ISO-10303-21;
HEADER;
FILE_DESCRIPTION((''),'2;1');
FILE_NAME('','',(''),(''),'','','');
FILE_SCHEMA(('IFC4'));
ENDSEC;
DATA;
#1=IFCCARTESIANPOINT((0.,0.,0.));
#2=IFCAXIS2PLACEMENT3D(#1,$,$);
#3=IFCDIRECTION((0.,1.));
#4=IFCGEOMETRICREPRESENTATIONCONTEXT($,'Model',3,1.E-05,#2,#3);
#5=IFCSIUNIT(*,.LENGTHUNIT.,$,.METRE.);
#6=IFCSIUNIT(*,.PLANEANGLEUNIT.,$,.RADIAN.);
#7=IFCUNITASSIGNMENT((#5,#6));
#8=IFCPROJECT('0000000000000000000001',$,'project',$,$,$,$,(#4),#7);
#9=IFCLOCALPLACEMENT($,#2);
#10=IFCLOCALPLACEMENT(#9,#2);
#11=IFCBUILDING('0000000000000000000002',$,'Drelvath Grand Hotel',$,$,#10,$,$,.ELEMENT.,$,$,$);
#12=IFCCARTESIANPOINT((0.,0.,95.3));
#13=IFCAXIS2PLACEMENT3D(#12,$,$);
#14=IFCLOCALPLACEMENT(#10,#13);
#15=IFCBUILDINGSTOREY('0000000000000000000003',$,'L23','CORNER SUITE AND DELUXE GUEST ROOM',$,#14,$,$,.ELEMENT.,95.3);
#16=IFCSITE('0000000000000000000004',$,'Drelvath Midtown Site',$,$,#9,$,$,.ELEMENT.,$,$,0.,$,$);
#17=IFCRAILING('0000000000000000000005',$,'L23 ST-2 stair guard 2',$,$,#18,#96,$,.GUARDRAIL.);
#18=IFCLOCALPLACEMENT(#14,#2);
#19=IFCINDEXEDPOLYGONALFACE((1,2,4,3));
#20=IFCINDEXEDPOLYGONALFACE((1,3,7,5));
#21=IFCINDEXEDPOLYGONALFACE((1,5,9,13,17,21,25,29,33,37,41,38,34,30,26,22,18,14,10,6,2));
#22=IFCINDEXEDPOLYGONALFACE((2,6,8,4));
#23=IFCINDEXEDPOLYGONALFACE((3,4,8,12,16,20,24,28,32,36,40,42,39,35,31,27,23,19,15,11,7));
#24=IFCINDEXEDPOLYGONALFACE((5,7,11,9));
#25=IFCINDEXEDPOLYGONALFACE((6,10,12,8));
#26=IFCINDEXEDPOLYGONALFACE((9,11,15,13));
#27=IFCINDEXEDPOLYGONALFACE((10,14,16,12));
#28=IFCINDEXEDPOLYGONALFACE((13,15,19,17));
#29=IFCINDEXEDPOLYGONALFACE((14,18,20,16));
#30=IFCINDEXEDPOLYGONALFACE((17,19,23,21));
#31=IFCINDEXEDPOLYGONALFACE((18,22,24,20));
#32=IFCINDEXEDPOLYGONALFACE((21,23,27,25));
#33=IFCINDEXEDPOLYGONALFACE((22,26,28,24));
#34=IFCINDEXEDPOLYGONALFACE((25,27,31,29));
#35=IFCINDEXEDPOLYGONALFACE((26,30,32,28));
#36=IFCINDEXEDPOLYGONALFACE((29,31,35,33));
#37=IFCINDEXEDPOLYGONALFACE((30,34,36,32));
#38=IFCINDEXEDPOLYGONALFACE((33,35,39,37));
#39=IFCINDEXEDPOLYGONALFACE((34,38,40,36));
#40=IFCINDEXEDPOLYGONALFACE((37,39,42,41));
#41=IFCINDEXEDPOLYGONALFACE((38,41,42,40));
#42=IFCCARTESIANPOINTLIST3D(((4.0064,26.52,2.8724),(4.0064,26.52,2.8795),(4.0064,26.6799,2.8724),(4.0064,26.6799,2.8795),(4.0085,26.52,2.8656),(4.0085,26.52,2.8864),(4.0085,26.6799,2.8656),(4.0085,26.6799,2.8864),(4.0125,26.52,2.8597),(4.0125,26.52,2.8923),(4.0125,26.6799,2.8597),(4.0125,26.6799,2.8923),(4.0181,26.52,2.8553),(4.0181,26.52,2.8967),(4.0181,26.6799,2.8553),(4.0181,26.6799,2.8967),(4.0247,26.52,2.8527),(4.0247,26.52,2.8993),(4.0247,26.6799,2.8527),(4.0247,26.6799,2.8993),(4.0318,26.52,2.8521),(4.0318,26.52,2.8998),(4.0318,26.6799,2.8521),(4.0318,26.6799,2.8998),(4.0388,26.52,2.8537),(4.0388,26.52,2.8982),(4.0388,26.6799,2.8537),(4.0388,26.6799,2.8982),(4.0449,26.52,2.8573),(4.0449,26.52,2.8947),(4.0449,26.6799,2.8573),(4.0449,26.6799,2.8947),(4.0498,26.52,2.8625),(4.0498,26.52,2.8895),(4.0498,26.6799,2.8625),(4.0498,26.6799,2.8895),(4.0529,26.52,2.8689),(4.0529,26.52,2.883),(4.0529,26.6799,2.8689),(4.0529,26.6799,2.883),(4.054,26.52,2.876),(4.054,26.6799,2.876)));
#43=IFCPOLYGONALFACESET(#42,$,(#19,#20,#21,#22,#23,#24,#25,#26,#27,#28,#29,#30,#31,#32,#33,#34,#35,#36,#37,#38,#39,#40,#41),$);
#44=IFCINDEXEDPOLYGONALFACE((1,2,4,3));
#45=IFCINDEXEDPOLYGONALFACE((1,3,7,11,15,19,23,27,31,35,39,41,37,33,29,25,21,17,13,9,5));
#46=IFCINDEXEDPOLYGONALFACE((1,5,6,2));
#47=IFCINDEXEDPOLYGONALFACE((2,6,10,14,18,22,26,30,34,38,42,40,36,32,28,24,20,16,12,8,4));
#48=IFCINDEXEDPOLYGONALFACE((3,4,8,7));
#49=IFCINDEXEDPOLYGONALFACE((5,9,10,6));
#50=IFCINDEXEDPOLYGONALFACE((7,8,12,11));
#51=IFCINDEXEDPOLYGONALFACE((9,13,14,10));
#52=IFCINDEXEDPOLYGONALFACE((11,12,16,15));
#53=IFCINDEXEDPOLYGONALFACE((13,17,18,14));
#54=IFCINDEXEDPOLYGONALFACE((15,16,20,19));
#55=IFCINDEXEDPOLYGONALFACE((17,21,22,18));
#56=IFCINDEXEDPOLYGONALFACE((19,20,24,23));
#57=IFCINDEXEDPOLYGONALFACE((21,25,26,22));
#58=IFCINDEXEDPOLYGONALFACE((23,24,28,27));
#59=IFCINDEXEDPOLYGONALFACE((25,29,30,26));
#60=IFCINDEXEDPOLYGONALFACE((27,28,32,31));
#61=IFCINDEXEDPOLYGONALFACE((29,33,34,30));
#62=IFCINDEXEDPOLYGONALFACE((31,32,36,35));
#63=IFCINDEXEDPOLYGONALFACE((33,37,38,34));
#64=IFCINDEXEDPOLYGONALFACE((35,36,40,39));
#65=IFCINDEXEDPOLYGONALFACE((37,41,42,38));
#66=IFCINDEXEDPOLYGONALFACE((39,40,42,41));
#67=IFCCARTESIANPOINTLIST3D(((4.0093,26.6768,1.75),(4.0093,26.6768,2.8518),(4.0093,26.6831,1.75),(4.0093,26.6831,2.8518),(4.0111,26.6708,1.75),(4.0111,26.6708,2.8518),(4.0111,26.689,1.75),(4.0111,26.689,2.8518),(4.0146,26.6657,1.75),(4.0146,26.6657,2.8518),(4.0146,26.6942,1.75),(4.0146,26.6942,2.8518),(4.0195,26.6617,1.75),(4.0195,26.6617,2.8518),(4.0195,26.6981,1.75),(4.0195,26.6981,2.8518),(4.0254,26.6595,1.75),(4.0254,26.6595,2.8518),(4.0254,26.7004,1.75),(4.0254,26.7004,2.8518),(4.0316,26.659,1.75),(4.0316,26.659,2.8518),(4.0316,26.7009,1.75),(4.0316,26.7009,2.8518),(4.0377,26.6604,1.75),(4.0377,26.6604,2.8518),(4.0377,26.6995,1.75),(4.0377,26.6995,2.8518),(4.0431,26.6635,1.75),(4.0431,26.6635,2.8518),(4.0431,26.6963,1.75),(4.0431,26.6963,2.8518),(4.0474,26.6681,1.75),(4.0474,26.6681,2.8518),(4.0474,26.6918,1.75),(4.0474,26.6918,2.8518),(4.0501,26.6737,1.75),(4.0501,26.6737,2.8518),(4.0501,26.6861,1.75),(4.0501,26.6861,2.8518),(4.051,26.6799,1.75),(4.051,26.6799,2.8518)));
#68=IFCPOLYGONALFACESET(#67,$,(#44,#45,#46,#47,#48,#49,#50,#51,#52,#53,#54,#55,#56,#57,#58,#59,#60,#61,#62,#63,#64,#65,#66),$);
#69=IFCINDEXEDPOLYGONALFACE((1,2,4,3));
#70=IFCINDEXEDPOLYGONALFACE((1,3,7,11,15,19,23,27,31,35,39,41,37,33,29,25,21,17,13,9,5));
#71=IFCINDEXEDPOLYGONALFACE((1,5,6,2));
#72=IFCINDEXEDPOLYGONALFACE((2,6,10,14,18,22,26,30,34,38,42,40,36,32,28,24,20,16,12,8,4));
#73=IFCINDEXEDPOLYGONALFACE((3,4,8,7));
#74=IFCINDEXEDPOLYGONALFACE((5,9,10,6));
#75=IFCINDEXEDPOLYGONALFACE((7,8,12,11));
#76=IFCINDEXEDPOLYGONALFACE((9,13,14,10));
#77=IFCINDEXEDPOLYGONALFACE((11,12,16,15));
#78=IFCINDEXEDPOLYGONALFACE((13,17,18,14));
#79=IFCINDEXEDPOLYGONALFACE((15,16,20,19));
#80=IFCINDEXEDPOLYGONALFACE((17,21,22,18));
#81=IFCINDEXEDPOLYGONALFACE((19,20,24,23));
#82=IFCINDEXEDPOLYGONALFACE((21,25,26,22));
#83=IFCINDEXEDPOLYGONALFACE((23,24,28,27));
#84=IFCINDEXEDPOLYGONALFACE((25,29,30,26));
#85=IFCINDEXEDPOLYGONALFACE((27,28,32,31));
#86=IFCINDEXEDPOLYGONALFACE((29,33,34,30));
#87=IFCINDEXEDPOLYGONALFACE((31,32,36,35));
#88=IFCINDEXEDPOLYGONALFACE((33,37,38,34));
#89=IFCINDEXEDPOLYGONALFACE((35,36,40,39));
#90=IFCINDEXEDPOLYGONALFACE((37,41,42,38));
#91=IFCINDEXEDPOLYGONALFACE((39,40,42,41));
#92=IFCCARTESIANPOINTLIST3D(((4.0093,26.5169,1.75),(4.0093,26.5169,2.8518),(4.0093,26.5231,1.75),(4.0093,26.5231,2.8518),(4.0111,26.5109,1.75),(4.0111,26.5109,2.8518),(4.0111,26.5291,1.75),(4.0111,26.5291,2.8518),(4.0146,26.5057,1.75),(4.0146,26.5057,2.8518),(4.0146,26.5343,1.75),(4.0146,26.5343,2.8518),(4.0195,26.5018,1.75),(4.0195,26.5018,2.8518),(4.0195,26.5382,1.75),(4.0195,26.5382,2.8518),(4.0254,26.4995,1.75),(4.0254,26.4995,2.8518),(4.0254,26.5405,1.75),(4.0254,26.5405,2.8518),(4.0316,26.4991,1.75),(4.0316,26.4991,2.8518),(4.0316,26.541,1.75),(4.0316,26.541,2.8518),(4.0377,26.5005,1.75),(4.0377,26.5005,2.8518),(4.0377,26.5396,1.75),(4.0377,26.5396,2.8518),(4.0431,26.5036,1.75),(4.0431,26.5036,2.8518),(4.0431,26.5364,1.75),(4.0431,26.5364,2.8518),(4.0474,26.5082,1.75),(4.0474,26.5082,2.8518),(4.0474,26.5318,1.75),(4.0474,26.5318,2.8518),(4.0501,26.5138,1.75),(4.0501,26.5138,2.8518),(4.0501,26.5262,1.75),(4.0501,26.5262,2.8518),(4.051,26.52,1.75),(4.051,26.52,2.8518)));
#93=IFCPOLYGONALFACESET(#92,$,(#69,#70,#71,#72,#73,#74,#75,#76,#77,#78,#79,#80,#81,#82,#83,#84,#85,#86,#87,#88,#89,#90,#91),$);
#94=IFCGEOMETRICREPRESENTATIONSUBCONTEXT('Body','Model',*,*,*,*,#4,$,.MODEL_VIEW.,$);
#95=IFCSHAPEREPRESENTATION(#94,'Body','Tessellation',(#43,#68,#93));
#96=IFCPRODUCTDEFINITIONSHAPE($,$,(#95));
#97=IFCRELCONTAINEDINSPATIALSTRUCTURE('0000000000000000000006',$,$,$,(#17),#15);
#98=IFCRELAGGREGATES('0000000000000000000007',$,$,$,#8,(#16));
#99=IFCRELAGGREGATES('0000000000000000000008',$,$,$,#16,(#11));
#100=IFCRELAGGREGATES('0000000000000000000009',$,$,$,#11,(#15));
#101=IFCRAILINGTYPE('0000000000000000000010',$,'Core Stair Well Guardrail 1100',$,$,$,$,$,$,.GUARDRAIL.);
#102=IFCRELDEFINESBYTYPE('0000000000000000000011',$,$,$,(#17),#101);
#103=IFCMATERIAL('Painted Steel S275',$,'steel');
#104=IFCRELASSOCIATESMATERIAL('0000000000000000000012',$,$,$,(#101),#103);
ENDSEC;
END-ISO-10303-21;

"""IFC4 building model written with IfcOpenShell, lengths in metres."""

from ifc_helpers import new_model, si_unit, direction, frame, origin, origin_2d, place, context, subcontext, project, spatial, circle, extrude, material, type_object, element, save


model = new_model("IFC4")

# Units and contexts
model_context = context("Model", 3, precision=1e-05, world=origin(), true_north=direction((0.0, 1.0)))
body_context = subcontext(model_context, "Body", "Model", "MODEL_VIEW")
ifc_project = project(units=[si_unit("LENGTHUNIT", "METRE"), si_unit("PLANEANGLEUNIT", "RADIAN")], contexts=[model_context])

# Site, building, storey
site_placement = place(None, origin())
site = spatial("IfcSite", under=ifc_project, at=site_placement, Name="Drelvath Midtown Site", CompositionType="ELEMENT", RefElevation=0.0)
building_placement = place(site_placement, origin())
building = spatial("IfcBuilding", under=site, at=building_placement, Name="Drelvath Grand Hotel", CompositionType="ELEMENT")
storey_placement = place(building_placement, frame((0.0, 0.0, 95.3)))
storey = spatial("IfcBuildingStorey", under=building, at=storey_placement, Name="L23", Description="CORNER SUITE AND DELUXE GUEST ROOM", CompositionType="ELEMENT", Elevation=95.3)

# Railing
ifc_material_1 = material(Name="Painted Steel S275", Category="steel")
railing_type_1 = type_object("IfcRailingType", Name="Core Stair Well Guardrail 1100", PredefinedType="GUARDRAIL", material=ifc_material_1)
railing_1_placement = place(storey_placement, frame((4.03, 26.6799, 1.75)))
element("IfcRailing", 1, at=railing_1_placement, inside=storey, type_object=railing_type_1, Name="L23 ST-2 stair guard 2", PredefinedType="GUARDRAIL", context=body_context, shape_type="SweptSolid", body=[
    extrude(circle(Radius=0.0239, at=origin_2d()), frame((0.0, 0.0, 1.126), z_axis=(0.0, -1.0, 0.0), x_axis=(1.0, 0.0, 0.0)), (0.0, 0.0, 1.0), 0.1599),
    extrude(circle(Radius=0.021, at=origin_2d()), origin(), (0.0, 0.0, 1.0), 1.1018),
    extrude(circle(Radius=0.021, at=origin_2d()), frame((0.0, -0.1599, 0.0)), (0.0, 0.0, 1.0), 1.1018),
])

save(model, "model.ifc")
